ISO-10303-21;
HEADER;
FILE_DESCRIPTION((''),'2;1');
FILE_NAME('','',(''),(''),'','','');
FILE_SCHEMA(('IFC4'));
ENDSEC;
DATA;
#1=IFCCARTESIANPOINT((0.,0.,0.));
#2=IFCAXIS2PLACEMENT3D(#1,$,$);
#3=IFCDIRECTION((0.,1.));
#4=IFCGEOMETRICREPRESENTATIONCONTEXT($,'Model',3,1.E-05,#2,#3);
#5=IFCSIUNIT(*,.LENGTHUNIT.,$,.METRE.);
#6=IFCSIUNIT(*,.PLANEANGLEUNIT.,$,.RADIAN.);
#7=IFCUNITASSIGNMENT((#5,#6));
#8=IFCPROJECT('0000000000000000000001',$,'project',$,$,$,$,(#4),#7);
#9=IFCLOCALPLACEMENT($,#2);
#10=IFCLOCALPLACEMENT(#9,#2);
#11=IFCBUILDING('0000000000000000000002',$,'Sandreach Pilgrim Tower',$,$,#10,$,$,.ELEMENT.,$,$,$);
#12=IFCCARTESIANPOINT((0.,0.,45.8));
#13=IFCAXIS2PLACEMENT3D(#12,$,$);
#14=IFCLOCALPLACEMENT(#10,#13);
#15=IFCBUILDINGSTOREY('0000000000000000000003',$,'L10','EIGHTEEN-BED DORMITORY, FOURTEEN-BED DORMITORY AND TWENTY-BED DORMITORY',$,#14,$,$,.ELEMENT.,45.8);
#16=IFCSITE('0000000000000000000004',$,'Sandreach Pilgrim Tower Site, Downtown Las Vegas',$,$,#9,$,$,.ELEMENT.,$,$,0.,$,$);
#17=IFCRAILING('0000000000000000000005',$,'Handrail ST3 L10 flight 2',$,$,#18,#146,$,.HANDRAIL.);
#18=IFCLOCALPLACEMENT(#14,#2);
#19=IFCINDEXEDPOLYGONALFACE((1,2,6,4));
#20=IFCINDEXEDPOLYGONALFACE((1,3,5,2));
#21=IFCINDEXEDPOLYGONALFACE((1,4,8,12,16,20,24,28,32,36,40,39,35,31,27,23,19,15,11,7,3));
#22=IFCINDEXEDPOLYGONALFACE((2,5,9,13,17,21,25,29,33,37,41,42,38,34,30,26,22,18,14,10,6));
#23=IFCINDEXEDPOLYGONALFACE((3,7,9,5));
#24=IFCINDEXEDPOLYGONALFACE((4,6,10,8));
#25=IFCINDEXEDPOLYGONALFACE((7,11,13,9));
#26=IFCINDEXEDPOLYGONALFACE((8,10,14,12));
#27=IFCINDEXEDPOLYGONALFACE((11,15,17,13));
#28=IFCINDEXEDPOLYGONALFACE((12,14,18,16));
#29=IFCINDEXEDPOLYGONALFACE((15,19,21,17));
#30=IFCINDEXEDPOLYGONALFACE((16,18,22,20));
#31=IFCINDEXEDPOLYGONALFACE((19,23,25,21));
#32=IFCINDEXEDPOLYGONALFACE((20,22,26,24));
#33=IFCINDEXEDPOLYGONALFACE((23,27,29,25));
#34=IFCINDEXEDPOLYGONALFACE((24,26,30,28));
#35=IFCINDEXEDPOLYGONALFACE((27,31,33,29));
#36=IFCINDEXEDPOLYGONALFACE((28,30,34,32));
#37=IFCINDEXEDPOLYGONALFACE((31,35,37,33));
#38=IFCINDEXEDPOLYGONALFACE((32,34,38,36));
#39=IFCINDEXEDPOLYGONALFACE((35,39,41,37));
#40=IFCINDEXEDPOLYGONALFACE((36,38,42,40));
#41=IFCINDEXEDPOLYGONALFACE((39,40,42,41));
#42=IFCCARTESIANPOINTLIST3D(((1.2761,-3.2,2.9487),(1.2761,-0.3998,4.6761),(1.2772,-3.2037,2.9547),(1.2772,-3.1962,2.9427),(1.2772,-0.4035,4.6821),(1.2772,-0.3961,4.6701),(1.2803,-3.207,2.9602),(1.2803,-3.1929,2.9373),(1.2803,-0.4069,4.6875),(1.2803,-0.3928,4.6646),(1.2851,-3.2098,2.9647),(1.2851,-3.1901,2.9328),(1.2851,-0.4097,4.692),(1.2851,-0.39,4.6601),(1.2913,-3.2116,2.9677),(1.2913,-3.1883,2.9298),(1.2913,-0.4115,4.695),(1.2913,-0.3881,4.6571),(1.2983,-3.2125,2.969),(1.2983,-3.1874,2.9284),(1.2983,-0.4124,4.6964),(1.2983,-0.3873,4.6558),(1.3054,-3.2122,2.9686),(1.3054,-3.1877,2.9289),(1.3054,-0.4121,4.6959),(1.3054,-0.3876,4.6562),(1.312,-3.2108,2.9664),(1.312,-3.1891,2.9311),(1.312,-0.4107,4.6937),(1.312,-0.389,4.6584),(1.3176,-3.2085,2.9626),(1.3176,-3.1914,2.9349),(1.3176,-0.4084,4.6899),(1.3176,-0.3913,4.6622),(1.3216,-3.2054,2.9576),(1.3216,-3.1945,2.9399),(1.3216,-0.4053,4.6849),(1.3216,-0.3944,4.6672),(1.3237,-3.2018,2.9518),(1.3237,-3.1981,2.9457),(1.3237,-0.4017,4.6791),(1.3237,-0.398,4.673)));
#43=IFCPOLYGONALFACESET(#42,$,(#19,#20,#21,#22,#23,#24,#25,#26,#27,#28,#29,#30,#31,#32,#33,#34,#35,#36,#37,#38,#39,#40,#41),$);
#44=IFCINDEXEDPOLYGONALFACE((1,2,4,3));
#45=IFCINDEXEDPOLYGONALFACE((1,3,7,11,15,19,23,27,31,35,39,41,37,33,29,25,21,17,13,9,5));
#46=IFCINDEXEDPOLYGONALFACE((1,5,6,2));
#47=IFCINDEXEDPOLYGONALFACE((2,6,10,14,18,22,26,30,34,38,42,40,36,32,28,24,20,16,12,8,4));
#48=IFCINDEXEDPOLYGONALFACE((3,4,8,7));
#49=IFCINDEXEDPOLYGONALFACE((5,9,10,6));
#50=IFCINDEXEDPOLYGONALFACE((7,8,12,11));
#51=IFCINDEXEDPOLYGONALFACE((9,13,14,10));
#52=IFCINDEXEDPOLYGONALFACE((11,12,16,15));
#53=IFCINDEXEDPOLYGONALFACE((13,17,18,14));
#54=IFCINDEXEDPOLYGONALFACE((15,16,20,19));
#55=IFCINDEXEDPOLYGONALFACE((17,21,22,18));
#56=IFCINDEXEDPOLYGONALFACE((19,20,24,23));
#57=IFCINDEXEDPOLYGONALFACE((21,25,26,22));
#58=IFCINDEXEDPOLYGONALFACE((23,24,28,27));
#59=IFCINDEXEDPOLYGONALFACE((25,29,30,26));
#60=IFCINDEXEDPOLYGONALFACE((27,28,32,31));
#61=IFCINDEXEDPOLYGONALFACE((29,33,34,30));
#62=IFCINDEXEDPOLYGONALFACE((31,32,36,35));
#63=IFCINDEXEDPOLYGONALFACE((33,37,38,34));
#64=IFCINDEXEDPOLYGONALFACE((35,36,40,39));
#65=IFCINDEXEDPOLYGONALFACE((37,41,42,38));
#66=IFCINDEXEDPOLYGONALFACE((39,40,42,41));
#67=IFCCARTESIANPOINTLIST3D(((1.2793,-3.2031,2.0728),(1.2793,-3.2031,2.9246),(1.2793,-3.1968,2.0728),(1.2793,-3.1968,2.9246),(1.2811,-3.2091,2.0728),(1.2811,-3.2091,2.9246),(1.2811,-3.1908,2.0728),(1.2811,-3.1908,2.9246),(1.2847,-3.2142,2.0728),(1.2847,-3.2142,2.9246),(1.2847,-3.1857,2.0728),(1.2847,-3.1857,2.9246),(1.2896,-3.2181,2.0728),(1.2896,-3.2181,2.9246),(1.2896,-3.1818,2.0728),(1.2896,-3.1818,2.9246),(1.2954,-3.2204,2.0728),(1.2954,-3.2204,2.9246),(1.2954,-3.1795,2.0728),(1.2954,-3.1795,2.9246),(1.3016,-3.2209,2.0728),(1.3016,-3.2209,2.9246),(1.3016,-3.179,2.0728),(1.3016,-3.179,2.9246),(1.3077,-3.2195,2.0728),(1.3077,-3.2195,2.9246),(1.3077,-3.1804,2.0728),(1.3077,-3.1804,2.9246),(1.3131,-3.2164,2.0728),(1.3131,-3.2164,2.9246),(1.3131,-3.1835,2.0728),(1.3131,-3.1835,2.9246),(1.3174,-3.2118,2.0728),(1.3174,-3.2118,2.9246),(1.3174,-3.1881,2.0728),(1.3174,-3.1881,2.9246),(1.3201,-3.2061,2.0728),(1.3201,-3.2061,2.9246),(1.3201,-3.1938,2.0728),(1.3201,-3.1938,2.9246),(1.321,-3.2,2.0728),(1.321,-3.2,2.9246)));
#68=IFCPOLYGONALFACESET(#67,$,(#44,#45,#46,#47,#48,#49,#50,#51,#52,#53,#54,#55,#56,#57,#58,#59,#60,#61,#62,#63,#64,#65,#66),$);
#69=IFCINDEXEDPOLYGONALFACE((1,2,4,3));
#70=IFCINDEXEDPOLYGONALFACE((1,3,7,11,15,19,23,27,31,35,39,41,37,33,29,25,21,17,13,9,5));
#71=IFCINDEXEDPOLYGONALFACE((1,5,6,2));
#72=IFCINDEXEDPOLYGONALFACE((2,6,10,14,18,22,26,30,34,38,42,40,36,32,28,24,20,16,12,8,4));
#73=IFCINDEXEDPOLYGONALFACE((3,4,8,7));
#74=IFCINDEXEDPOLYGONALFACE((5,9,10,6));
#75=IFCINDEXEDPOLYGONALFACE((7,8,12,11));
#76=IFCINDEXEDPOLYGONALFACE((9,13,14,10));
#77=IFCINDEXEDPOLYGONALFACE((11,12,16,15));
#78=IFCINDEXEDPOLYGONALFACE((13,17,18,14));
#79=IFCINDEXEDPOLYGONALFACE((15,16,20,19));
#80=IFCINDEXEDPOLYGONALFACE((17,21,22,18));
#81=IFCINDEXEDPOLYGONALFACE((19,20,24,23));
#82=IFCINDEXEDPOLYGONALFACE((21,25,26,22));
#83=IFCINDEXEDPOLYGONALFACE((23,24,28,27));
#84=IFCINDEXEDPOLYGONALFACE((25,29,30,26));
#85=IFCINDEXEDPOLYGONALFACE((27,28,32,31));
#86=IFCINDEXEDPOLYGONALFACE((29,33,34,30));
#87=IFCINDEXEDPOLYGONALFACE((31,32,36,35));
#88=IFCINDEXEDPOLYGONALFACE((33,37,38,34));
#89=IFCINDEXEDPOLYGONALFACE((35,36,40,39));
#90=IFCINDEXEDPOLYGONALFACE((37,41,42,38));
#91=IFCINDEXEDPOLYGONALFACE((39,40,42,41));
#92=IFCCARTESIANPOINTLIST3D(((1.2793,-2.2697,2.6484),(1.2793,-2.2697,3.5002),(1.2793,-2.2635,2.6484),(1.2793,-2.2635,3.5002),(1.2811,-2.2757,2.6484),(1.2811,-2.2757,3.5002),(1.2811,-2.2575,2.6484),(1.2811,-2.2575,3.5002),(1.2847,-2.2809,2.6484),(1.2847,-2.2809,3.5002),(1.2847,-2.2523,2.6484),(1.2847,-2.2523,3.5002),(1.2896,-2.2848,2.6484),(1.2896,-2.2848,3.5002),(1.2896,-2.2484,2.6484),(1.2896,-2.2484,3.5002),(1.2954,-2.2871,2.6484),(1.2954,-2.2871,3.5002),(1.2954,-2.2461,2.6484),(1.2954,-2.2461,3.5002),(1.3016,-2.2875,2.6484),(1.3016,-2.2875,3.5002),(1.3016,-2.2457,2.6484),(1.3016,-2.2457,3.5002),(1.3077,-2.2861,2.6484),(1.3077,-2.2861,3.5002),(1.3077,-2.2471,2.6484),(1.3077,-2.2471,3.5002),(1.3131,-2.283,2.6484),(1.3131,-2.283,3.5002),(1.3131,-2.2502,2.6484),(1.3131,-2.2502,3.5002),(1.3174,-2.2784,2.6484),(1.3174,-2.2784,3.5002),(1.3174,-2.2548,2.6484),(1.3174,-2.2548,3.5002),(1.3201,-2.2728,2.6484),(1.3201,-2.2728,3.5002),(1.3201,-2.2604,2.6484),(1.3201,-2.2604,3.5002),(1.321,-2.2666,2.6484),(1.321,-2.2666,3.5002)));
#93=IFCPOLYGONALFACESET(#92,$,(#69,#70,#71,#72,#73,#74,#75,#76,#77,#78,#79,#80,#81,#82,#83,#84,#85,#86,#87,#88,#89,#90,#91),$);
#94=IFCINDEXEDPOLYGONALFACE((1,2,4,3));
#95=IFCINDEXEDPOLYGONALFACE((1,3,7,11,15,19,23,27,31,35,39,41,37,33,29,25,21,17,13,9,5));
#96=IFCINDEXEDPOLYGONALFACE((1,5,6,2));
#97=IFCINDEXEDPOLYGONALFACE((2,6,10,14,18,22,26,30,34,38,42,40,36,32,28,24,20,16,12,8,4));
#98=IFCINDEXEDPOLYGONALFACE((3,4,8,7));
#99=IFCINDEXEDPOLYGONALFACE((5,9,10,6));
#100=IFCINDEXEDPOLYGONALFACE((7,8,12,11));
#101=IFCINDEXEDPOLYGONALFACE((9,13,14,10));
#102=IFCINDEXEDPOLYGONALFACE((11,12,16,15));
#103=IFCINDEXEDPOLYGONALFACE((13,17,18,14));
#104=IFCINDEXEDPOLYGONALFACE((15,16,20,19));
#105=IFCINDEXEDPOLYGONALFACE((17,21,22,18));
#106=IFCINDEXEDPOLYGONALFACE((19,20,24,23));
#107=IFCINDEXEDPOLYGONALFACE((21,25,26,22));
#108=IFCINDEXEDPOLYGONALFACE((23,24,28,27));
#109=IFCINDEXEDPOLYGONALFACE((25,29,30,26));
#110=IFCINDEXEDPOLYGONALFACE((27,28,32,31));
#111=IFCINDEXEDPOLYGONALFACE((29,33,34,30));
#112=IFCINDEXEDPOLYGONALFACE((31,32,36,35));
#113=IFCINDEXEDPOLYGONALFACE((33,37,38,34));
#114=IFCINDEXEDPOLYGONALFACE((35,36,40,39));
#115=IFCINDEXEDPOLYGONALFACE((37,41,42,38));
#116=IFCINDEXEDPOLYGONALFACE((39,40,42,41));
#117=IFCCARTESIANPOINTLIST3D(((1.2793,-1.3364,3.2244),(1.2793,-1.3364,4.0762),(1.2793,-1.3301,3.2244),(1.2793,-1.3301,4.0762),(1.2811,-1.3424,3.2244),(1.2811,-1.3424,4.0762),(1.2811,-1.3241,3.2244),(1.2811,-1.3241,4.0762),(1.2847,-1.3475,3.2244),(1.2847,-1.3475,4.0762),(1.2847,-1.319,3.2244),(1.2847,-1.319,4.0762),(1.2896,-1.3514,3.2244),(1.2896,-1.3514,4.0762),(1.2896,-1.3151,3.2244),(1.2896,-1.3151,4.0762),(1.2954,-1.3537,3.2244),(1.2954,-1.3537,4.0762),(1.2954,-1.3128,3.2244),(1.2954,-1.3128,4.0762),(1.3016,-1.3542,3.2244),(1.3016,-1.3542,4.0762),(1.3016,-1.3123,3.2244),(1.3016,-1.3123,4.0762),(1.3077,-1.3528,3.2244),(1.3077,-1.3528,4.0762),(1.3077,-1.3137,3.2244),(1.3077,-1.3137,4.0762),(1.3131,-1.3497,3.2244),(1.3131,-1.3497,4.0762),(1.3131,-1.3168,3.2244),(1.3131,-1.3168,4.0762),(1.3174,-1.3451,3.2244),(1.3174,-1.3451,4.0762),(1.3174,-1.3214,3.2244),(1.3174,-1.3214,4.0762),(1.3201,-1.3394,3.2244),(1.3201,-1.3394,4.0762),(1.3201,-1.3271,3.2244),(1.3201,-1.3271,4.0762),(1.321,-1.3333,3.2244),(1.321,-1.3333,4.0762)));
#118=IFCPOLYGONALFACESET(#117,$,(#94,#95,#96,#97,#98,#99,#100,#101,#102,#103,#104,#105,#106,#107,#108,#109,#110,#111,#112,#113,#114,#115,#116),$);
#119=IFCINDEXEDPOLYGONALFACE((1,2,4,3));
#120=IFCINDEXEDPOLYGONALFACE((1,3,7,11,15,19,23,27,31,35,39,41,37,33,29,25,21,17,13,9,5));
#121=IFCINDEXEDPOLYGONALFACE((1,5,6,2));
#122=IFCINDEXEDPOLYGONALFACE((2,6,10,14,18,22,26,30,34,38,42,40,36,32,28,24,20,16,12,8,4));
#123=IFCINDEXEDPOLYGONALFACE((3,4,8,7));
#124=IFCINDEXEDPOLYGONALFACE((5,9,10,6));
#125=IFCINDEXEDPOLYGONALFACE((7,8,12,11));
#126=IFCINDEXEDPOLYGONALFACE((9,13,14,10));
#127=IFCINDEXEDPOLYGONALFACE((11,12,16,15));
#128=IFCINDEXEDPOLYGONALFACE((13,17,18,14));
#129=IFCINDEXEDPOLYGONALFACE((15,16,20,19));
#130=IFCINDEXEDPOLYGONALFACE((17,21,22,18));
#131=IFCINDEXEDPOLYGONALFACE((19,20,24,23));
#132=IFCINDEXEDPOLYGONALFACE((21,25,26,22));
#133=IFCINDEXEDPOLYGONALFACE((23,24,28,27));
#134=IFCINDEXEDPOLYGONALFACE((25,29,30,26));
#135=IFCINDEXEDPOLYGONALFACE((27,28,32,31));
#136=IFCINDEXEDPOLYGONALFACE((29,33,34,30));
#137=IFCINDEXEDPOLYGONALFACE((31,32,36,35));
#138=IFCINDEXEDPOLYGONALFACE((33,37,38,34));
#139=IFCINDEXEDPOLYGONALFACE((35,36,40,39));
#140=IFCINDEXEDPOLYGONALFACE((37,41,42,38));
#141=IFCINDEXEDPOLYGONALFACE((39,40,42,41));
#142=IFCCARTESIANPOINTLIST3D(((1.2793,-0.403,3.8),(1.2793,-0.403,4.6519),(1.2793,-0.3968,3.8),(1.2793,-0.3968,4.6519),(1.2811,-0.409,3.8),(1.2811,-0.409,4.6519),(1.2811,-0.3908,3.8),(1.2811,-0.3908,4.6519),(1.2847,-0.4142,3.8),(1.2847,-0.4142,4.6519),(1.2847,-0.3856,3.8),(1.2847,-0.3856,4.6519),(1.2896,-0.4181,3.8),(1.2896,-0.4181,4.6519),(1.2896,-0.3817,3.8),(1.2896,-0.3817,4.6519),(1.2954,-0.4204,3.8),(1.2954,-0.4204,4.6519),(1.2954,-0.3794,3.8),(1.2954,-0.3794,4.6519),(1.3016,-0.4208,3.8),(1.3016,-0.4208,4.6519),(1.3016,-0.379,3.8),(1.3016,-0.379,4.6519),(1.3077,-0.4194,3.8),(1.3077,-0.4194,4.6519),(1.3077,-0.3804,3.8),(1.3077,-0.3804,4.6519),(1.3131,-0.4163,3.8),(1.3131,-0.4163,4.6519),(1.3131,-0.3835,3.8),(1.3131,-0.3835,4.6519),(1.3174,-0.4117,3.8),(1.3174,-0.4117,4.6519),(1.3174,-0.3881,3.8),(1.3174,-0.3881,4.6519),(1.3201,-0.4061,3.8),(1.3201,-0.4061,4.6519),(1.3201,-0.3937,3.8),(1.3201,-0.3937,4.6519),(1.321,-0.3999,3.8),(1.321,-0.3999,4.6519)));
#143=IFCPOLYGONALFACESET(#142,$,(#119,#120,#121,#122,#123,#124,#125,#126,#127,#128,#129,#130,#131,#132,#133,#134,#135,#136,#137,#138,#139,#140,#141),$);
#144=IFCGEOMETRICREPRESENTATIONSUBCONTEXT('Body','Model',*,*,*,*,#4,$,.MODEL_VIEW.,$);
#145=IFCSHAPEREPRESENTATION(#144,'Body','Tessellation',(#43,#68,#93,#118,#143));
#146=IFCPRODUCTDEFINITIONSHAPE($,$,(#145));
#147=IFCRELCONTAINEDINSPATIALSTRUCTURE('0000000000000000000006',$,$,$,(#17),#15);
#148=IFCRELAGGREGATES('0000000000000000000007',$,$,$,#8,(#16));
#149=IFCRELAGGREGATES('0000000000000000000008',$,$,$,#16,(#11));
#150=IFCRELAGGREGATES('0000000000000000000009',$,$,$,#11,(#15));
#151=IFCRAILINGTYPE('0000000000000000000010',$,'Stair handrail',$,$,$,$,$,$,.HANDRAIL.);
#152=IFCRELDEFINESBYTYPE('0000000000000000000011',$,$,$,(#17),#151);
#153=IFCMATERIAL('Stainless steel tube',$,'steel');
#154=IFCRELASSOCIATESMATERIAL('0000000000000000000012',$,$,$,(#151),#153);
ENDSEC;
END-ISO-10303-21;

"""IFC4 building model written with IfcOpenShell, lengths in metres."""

from ifc_helpers import new_model, si_unit, direction, frame, origin, origin_2d, place, context, subcontext, project, spatial, circle, extrude, material, type_object, element, save


model = new_model("IFC4")

# Units and contexts
model_context = context("Model", 3, precision=1e-05, world=origin(), true_north=direction((0.0, 1.0)))
body_context = subcontext(model_context, "Body", "Model", "MODEL_VIEW")
ifc_project = project(units=[si_unit("LENGTHUNIT", "METRE"), si_unit("PLANEANGLEUNIT", "RADIAN")], contexts=[model_context])

# Site, building, storey
site_placement = place(None, origin())
site = spatial("IfcSite", under=ifc_project, at=site_placement, Name="Sandreach Pilgrim Tower Site, Downtown Las Vegas", CompositionType="ELEMENT", RefElevation=0.0)
building_placement = place(site_placement, origin())
building = spatial("IfcBuilding", under=site, at=building_placement, Name="Sandreach Pilgrim Tower", CompositionType="ELEMENT")
storey_placement = place(building_placement, frame((0.0, 0.0, 45.8)))
storey = spatial("IfcBuildingStorey", under=building, at=storey_placement, Name="L10", Description="EIGHTEEN-BED DORMITORY, FOURTEEN-BED DORMITORY AND TWENTY-BED DORMITORY", CompositionType="ELEMENT", Elevation=45.8)

# Railing
ifc_material_1 = material(Name="Stainless steel tube", Category="steel")
railing_type = type_object("IfcRailingType", Name="Stair handrail", PredefinedType="HANDRAIL", material=ifc_material_1)
railing_placement = place(storey_placement, frame((1.3, -3.2, 2.0728)))
element("IfcRailing", 1, at=railing_placement, inside=storey, type_object=railing_type, Name="Handrail ST3 L10 flight 2", PredefinedType="HANDRAIL", context=body_context, shape_type="SweptSolid", body=[
    extrude(circle(Radius=0.0239, at=origin_2d()), frame((0.0, 0.0, 0.876), z_axis=(0.0, 0.85109, 0.52502), x_axis=(-1.0, 0.0, 0.0)), (0.0, 0.0, 1.0), 3.29),
    extrude(circle(Radius=0.021, at=origin_2d()), origin(), (0.0, 0.0, 1.0), 0.8518),
    extrude(circle(Radius=0.021, at=origin_2d()), frame((0.0, 0.9333, 0.5757)), (0.0, 0.0, 1.0), 0.8518),
    extrude(circle(Radius=0.021, at=origin_2d()), frame((0.0, 1.8667, 1.1516)), (0.0, 0.0, 1.0), 0.8518),
    extrude(circle(Radius=0.021, at=origin_2d()), frame((0.0, 2.8, 1.7273)), (0.0, 0.0, 1.0), 0.8518),
])

save(model, "model.ifc")
